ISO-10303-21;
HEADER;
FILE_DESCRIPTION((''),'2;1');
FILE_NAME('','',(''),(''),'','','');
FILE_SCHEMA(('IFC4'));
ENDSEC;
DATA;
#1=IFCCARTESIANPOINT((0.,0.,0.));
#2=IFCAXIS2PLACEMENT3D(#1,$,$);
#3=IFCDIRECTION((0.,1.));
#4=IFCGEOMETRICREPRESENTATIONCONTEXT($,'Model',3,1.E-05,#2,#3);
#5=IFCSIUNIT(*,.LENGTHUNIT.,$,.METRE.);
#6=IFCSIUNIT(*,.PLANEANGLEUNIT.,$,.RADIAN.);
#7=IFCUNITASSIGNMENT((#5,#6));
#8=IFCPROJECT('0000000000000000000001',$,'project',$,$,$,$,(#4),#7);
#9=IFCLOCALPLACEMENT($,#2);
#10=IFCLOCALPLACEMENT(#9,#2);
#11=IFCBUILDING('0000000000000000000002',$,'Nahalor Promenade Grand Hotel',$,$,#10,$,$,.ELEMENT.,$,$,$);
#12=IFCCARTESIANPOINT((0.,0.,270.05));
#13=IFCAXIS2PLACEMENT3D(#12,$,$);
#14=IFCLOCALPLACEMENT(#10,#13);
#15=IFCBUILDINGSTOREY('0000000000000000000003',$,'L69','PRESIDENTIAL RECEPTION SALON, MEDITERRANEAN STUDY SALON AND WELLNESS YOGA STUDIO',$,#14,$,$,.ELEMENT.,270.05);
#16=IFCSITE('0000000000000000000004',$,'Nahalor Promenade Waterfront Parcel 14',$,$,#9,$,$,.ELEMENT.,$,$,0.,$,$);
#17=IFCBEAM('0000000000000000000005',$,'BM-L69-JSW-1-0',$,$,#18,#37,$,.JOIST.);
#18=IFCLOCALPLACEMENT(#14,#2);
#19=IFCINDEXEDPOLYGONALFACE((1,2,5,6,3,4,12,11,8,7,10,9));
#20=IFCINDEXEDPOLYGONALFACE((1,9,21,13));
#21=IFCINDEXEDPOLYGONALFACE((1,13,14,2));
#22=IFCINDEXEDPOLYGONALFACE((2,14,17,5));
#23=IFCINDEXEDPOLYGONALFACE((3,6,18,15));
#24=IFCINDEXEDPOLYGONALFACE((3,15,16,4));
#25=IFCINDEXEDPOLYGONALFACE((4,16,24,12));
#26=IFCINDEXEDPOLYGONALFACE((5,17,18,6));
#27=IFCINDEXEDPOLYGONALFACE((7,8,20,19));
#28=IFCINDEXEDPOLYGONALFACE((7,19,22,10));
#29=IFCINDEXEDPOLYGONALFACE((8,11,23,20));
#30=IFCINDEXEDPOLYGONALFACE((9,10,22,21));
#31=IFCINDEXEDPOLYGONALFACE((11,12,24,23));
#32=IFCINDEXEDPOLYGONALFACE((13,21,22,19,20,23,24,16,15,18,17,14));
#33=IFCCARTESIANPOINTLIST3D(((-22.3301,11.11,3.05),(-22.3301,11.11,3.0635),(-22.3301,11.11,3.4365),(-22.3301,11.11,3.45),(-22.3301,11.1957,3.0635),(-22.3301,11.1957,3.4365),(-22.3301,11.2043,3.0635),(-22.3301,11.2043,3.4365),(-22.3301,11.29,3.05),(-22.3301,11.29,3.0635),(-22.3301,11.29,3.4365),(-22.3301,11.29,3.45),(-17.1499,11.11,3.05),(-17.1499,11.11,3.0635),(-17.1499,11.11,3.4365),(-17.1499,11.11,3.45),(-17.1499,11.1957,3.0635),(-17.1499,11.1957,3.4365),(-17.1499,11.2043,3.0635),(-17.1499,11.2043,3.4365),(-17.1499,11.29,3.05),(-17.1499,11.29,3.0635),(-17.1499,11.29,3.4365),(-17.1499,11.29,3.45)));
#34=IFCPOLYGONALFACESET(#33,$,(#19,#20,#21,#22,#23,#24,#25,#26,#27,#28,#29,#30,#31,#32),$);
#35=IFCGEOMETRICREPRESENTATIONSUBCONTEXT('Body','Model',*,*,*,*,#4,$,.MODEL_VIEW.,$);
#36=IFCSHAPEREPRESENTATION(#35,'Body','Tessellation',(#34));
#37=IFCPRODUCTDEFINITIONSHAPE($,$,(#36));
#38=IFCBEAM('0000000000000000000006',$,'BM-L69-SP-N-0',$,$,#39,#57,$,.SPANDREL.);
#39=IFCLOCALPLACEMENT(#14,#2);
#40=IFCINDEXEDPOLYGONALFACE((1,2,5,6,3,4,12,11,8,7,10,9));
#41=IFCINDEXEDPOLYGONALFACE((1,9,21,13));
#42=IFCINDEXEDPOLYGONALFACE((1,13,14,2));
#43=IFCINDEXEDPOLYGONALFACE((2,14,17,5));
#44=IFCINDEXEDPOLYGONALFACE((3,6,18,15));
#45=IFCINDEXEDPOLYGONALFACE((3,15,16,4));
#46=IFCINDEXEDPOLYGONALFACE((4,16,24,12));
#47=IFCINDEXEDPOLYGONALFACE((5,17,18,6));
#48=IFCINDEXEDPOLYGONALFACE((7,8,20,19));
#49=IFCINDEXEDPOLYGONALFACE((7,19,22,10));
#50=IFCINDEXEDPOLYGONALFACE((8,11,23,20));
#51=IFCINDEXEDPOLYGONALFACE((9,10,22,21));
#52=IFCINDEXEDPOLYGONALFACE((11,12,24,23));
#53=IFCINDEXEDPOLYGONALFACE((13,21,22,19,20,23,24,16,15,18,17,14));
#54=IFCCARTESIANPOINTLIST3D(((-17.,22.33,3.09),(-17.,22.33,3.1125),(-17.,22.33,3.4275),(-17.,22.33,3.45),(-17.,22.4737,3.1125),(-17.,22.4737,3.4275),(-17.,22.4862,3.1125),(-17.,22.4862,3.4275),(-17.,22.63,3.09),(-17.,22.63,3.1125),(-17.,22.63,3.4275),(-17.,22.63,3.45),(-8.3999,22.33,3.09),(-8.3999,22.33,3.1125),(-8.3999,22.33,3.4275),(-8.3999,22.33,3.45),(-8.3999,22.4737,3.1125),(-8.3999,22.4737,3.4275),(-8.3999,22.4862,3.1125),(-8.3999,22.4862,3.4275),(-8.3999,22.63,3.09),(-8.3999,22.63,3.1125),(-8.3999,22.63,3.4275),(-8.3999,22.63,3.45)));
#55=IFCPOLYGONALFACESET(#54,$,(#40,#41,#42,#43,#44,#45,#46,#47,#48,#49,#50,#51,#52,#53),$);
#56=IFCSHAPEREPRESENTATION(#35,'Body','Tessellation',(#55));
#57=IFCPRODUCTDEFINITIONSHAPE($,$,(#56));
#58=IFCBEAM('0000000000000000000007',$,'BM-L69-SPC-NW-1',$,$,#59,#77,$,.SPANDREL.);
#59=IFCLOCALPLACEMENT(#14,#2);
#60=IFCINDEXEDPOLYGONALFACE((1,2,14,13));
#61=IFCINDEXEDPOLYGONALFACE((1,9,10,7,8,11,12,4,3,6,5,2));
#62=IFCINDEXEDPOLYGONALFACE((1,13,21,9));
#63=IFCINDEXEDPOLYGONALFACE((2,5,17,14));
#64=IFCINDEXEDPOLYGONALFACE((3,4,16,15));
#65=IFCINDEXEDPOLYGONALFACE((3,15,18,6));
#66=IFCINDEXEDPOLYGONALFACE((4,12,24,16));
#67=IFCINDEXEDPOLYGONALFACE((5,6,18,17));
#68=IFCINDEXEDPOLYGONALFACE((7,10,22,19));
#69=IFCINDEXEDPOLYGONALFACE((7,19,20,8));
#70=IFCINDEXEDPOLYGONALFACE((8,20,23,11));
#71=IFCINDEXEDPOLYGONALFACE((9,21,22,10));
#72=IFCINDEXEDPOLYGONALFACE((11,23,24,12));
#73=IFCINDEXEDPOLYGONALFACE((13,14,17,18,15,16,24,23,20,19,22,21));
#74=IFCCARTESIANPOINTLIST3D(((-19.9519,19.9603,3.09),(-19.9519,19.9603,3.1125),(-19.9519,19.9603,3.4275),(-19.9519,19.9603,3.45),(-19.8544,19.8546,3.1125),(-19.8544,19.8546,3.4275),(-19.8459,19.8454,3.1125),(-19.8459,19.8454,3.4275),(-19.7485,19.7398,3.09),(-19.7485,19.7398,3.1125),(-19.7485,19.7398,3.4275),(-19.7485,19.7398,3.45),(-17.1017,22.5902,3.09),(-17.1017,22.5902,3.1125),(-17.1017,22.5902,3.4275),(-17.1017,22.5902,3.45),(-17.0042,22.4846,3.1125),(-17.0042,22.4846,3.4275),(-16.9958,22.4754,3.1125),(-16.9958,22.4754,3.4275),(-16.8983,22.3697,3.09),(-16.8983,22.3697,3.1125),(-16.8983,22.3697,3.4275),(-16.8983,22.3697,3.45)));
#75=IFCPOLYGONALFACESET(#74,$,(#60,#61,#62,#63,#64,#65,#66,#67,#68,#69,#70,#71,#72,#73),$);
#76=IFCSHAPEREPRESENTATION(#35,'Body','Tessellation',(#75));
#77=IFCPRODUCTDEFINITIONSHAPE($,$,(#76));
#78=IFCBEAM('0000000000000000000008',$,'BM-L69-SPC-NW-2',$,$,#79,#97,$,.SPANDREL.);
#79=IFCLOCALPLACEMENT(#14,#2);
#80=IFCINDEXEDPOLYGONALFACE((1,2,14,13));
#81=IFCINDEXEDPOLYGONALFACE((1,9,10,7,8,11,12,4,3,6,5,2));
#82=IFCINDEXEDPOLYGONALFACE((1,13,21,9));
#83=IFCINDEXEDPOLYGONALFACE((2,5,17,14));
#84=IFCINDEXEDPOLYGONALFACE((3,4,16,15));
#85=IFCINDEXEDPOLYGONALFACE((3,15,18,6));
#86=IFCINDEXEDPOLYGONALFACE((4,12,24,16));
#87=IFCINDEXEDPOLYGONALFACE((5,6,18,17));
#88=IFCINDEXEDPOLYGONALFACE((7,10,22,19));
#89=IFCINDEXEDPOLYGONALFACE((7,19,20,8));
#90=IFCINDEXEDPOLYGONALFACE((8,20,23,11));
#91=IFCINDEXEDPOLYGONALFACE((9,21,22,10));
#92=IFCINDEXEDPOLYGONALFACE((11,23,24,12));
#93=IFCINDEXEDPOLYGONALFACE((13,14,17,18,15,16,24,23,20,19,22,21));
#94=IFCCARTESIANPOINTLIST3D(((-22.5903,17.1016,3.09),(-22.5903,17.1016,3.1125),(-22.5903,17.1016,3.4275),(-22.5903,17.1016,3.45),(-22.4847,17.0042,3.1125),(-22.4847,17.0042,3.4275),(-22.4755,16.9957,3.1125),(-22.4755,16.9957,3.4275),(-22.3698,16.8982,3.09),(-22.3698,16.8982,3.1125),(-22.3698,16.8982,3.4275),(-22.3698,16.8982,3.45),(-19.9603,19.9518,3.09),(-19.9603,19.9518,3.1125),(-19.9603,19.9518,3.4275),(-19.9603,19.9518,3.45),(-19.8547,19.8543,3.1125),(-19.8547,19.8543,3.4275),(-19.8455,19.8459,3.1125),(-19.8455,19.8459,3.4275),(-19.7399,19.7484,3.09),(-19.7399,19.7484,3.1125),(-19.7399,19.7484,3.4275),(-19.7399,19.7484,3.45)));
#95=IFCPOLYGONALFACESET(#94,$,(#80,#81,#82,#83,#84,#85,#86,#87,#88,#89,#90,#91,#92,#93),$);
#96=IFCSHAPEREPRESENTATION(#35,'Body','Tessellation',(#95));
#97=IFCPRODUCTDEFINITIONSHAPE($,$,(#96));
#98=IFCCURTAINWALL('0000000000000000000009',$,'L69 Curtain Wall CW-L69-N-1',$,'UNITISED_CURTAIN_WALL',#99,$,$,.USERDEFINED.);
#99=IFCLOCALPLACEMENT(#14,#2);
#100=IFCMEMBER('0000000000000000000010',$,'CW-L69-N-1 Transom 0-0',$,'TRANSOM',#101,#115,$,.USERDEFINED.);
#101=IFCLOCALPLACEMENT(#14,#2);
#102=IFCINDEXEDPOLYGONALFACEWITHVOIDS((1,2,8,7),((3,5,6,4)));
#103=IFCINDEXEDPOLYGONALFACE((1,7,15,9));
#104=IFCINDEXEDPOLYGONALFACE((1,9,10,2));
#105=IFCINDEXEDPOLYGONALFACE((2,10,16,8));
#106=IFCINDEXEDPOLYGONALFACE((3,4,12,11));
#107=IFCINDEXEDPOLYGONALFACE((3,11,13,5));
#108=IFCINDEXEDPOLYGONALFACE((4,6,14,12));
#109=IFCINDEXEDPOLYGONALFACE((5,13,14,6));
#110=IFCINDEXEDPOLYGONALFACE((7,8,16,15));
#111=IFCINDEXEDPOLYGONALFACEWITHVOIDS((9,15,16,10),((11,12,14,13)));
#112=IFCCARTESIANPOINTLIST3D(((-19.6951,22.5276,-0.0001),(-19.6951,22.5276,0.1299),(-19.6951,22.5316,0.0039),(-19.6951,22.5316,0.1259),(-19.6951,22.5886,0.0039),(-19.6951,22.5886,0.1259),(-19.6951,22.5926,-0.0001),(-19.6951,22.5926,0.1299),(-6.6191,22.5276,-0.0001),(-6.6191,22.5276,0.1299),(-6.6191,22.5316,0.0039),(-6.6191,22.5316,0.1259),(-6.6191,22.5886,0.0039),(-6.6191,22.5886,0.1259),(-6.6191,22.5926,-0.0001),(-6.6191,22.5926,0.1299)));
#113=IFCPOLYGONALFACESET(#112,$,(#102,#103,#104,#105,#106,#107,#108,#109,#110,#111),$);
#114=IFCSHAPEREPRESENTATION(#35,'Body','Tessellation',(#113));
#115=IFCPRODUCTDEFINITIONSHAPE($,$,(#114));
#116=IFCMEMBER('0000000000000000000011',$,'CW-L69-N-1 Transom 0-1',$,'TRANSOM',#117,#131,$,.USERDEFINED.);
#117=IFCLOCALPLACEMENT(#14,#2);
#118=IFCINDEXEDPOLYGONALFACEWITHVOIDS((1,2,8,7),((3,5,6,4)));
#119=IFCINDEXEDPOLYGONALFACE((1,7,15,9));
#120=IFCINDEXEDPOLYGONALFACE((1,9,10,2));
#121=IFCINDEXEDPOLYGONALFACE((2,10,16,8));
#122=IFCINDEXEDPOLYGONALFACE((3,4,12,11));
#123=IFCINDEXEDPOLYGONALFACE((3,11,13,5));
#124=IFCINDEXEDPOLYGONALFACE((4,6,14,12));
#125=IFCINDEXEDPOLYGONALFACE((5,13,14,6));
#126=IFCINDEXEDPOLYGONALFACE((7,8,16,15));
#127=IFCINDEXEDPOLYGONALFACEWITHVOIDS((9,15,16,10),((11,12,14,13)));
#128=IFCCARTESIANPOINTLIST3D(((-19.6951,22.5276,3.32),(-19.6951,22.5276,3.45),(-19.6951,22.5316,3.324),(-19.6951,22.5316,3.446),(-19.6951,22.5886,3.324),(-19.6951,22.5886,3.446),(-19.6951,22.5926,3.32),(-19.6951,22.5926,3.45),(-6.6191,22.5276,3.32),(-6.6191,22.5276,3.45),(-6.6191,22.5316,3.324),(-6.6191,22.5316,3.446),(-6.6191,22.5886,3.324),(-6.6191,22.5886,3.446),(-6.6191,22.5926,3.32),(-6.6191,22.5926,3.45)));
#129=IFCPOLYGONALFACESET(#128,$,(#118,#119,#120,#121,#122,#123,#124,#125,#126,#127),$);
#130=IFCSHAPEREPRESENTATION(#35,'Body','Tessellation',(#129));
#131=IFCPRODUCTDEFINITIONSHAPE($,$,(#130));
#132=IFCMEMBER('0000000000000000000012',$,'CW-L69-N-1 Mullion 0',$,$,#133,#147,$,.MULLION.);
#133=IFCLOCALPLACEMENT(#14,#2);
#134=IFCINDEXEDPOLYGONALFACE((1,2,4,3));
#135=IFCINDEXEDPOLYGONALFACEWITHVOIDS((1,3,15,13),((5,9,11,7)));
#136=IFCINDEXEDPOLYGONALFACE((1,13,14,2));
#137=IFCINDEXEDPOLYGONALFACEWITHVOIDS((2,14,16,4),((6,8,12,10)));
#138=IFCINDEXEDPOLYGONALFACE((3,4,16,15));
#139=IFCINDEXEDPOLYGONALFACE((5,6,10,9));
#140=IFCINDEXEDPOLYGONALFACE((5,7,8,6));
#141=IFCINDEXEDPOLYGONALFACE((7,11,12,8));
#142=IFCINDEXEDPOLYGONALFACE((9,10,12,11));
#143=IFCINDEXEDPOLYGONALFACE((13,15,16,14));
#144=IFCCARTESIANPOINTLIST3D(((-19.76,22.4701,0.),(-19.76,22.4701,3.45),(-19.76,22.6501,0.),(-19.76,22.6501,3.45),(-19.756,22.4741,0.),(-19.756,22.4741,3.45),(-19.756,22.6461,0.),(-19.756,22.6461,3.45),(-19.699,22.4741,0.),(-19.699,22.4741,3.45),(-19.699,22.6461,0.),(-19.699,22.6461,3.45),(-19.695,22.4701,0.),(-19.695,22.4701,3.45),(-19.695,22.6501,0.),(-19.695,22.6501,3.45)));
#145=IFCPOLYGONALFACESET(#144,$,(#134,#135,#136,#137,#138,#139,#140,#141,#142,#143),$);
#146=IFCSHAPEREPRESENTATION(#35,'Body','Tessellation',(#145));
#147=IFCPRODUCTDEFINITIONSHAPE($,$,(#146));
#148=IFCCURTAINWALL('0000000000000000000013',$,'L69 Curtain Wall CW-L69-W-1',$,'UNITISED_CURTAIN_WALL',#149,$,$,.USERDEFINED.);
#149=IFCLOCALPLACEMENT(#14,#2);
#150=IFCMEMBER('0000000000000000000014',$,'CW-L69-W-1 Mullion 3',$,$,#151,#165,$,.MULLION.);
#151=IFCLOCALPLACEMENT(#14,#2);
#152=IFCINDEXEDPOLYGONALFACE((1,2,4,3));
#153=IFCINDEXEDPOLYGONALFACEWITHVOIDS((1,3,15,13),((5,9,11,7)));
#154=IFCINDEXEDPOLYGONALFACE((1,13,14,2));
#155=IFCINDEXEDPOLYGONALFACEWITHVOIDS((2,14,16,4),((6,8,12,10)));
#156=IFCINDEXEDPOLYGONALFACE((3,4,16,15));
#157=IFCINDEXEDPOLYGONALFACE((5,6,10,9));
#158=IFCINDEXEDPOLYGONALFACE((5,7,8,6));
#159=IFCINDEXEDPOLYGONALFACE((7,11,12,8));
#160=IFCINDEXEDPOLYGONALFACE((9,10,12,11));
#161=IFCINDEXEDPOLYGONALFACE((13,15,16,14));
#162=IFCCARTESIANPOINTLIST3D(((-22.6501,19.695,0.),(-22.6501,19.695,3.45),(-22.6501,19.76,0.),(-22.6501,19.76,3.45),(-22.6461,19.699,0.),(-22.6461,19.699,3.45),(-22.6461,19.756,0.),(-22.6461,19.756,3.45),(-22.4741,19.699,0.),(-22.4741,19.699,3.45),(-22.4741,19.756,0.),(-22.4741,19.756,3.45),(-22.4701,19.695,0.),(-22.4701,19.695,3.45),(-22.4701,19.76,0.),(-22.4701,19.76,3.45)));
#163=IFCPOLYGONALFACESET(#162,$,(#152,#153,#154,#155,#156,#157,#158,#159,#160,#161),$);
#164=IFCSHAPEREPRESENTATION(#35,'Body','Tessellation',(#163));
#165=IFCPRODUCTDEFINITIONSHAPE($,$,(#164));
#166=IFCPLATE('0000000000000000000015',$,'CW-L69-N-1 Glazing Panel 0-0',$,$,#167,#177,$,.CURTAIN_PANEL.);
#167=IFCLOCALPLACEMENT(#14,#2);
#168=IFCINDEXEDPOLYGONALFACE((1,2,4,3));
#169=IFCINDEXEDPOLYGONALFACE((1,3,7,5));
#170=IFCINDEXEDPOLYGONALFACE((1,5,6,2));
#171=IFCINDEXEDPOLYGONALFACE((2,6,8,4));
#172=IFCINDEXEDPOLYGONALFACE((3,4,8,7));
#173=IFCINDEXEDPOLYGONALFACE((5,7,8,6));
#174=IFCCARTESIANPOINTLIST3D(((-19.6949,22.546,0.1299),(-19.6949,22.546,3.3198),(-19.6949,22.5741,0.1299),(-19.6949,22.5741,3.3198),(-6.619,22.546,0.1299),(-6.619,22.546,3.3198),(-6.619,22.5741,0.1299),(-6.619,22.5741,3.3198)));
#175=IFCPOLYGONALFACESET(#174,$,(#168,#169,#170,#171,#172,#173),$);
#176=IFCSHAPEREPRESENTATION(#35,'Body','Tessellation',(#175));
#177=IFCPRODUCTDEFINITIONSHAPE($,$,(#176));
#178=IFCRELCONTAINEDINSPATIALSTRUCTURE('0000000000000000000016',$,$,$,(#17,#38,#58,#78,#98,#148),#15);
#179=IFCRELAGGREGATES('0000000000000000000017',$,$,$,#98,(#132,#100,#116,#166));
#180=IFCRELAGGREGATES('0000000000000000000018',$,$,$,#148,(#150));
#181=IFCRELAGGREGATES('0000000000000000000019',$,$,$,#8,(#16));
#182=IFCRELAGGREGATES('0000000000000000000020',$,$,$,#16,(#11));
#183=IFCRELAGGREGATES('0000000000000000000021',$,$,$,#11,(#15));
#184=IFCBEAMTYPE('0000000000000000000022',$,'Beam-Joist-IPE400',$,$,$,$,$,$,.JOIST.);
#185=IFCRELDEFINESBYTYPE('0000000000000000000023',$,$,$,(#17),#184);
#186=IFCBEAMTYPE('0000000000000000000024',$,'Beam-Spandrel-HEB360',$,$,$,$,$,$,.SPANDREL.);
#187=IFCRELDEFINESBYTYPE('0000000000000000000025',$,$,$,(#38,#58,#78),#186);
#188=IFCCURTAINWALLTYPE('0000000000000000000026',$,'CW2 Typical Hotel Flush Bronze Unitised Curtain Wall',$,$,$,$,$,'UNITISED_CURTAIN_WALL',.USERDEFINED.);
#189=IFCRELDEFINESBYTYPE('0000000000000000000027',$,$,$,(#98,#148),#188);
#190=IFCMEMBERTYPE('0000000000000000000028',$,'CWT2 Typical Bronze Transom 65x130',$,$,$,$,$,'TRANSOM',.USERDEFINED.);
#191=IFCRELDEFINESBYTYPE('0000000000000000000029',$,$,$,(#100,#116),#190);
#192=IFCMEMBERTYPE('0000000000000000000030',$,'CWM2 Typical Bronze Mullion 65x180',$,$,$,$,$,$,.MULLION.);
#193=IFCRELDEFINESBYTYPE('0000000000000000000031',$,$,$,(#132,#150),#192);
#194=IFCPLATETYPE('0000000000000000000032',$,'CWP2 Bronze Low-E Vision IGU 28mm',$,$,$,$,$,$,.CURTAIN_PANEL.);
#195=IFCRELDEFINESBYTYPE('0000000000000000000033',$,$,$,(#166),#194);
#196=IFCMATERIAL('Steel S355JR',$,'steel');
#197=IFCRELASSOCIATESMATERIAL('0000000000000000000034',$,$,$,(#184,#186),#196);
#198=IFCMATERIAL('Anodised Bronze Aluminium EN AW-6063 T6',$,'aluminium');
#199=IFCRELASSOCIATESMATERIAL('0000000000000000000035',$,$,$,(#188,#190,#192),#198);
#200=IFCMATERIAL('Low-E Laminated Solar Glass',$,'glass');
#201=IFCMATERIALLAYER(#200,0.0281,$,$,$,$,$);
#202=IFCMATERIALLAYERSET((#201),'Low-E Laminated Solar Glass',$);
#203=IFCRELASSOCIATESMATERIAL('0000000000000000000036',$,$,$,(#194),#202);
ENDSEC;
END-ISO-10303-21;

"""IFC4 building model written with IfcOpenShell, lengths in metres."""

from ifc_helpers import new_model, si_unit, direction, frame, origin, origin_2d, place, context, subcontext, project, spatial, rectangle, hollow_rectangle, i_section, extrude, source, transform, mapped, material, layer, layer_set, material_profile, profile_set, type_object, element, aggregate, save


model = new_model("IFC4")

# Units and contexts
model_context = context("Model", 3, precision=1e-05, world=origin(), true_north=direction((0.0, 1.0)))
body_context = subcontext(model_context, "Body", "Model", "MODEL_VIEW")
ifc_project = project(units=[si_unit("LENGTHUNIT", "METRE"), si_unit("PLANEANGLEUNIT", "RADIAN")], contexts=[model_context])

# Site, building, storey
site_placement = place(None, origin())
site = spatial("IfcSite", under=ifc_project, at=site_placement, Name="Nahalor Promenade Waterfront Parcel 14", CompositionType="ELEMENT", RefElevation=0.0)
building_placement = place(site_placement, origin())
building = spatial("IfcBuilding", under=site, at=building_placement, Name="Nahalor Promenade Grand Hotel", CompositionType="ELEMENT")
storey_placement = place(building_placement, frame((0.0, 0.0, 270.05)))
storey = spatial("IfcBuildingStorey", under=building, at=storey_placement, Name="L69", Description="PRESIDENTIAL RECEPTION SALON, MEDITERRANEAN STUDY SALON AND WELLNESS YOGA STUDIO", CompositionType="ELEMENT", Elevation=270.05)

# Shared definitions
ifc_material_1 = material(Name="Steel S355JR", Category="steel")

# Beams
ifc_material_profile_1 = material_profile(ifc_material_1, i_section(OverallWidth=0.18, OverallDepth=0.4, WebThickness=0.0086, FlangeThickness=0.0135, at=origin_2d()), Name="IPE 400")
ifc_profile_set_1 = profile_set([ifc_material_profile_1], Name="Steel S355JR")
beam_type_1 = type_object("IfcBeamType", Name="Beam-Joist-IPE400", PredefinedType="JOIST", material=ifc_profile_set_1)
shared_shape_1 = source(origin(), body_context, "Body", "SweptSolid", [
    extrude(i_section(OverallWidth=0.18, OverallDepth=0.4, WebThickness=0.0086, FlangeThickness=0.0135, at=origin_2d()), origin(), (0.0, 0.0, 1.0), 5.1802),
])
beam_1_placement = place(storey_placement, frame((-22.3301, 11.2, 3.25), z_axis=(1.0, 0.0, 0.0), x_axis=(0.0, 1.0, 0.0)))
element("IfcBeam", 1, at=beam_1_placement, inside=storey, type_object=beam_type_1, Name="BM-L69-JSW-1-0", PredefinedType="JOIST", context=body_context, shape_type="MappedRepresentation", body=[
    mapped(shared_shape_1, transform((0.0, 0.0, 0.0), scale=1.0)),
])
ifc_material_profile_2 = material_profile(ifc_material_1, i_section(OverallWidth=0.3, OverallDepth=0.36, WebThickness=0.0125, FlangeThickness=0.0225, at=origin_2d()), Name="HEB 360")
ifc_profile_set_2 = profile_set([ifc_material_profile_2], Name="Steel S355JR")
beam_type_2 = type_object("IfcBeamType", Name="Beam-Spandrel-HEB360", PredefinedType="SPANDREL", material=ifc_profile_set_2)
shared_shape_2 = source(origin(), body_context, "Body", "SweptSolid", [
    extrude(i_section(OverallWidth=0.3, OverallDepth=0.36, WebThickness=0.0125, FlangeThickness=0.0225, at=origin_2d()), origin(), (0.0, 0.0, 1.0), 8.6001),
])
beam_2_placement = place(storey_placement, frame((-17.0, 22.48, 3.27), z_axis=(1.0, 0.0, 0.0), x_axis=(0.0, 1.0, 0.0)))
element("IfcBeam", 2, at=beam_2_placement, inside=storey, type_object=beam_type_2, Name="BM-L69-SP-N-0", PredefinedType="SPANDREL", context=body_context, shape_type="MappedRepresentation", body=[
    mapped(shared_shape_2, transform((0.0, 0.0, 0.0), scale=1.0)),
])
shared_shape_3 = source(origin(), body_context, "Body", "SweptSolid", [
    extrude(i_section(OverallWidth=0.3, OverallDepth=0.36, WebThickness=0.0125, FlangeThickness=0.0225, at=origin_2d()), origin(), (0.0, 0.0, 1.0), 3.8782),
])
for number, where, z_axis, x_axis, name in (
    (3, (-17.0, 22.48, 3.27), (-0.734929, -0.678144, 0.0), (0.678144, -0.734929, 0.0), "BM-L69-SPC-NW-1"),
    (4, (-19.8501, 19.8501, 3.27), (-0.678144, -0.734929, 0.0), (0.734929, -0.678144, 0.0), "BM-L69-SPC-NW-2"),
):
    element("IfcBeam", number, at=place(storey_placement, frame(where, z_axis=z_axis, x_axis=x_axis)), inside=storey, type_object=beam_type_2, Name=name, PredefinedType="SPANDREL", context=body_context, shape_type="MappedRepresentation", body=[
        mapped(shared_shape_3, transform((0.0, 0.0, 0.0), scale=1.0)),
    ])

# Curtain wall, members
ifc_material_2 = material(Name="Anodised Bronze Aluminium EN AW-6063 T6", Category="aluminium")
curtain_wall_type = type_object("IfcCurtainWallType", Name="CW2 Typical Hotel Flush Bronze Unitised Curtain Wall", ElementType="UNITISED_CURTAIN_WALL", PredefinedType="USERDEFINED", material=ifc_material_2)
curtain_wall_1_placement = place(storey_placement, origin())
curtain_wall_1 = element("IfcCurtainWall", 5, at=curtain_wall_1_placement, inside=storey, type_object=curtain_wall_type, Name="L69 Curtain Wall CW-L69-N-1", ObjectType="UNITISED_CURTAIN_WALL", PredefinedType="USERDEFINED")
ifc_material_profile_3 = material_profile(ifc_material_2, hollow_rectangle(XDim=0.065, YDim=0.13, WallThickness=0.004, at=origin_2d()), Name="CWT 65x130x4")
ifc_profile_set_3 = profile_set([ifc_material_profile_3], Name="Anodised Bronze Aluminium EN AW-6063 T6")
member_type_1 = type_object("IfcMemberType", Name="CWT2 Typical Bronze Transom 65x130", ElementType="TRANSOM", PredefinedType="USERDEFINED", material=ifc_profile_set_3)
shared_shape_4 = source(origin(), body_context, "Body", "SweptSolid", [
    extrude(hollow_rectangle(XDim=0.065, YDim=0.13, WallThickness=0.004, at=origin_2d()), origin(), (0.0, 0.0, 1.0), 13.0759),
])
member_1_placement = place(storey_placement, frame((-19.6951, 22.5601, 0.0649), z_axis=(1.0, 0.0, 0.0), x_axis=(0.0, 1.0, 0.0)))
member_1 = element("IfcMember", 6, at=member_1_placement, type_object=member_type_1, Name="CW-L69-N-1 Transom 0-0", ObjectType="TRANSOM", PredefinedType="USERDEFINED", context=body_context, shape_type="MappedRepresentation", body=[
    mapped(shared_shape_4, transform((0.0, 0.0, 0.0), scale=1.0)),
])
member_2_placement = place(storey_placement, frame((-19.6951, 22.5601, 3.385), z_axis=(1.0, 0.0, 0.0), x_axis=(0.0, 1.0, 0.0)))
member_2 = element("IfcMember", 7, at=member_2_placement, type_object=member_type_1, Name="CW-L69-N-1 Transom 0-1", ObjectType="TRANSOM", PredefinedType="USERDEFINED", context=body_context, shape_type="MappedRepresentation", body=[
    mapped(shared_shape_4, transform((0.0, 0.0, 0.0), scale=1.0)),
])
ifc_material_profile_4 = material_profile(ifc_material_2, hollow_rectangle(XDim=0.065, YDim=0.18, WallThickness=0.004, at=origin_2d()), Name="CWM 65x180x4")
ifc_profile_set_4 = profile_set([ifc_material_profile_4], Name="Anodised Bronze Aluminium EN AW-6063 T6")
member_type_2 = type_object("IfcMemberType", Name="CWM2 Typical Bronze Mullion 65x180", PredefinedType="MULLION", material=ifc_profile_set_4)
shared_shape_5 = source(origin(), body_context, "Body", "SweptSolid", [
    extrude(hollow_rectangle(XDim=0.065, YDim=0.18, WallThickness=0.004, at=origin_2d()), origin(), (0.0, 0.0, 1.0), 3.45),
])
member_3_placement = place(storey_placement, frame((-19.7275, 22.5601, 0.0), z_axis=(0.0, 0.0, 1.0), x_axis=(1.0, 0.0, 0.0)))
member_3 = element("IfcMember", 8, at=member_3_placement, type_object=member_type_2, Name="CW-L69-N-1 Mullion 0", PredefinedType="MULLION", context=body_context, shape_type="MappedRepresentation", body=[
    mapped(shared_shape_5, transform((0.0, 0.0, 0.0), scale=1.0)),
])

# Curtain wall, member
curtain_wall_2_placement = place(storey_placement, origin())
curtain_wall_2 = element("IfcCurtainWall", 9, at=curtain_wall_2_placement, inside=storey, type_object=curtain_wall_type, Name="L69 Curtain Wall CW-L69-W-1", ObjectType="UNITISED_CURTAIN_WALL", PredefinedType="USERDEFINED")
member_4_placement = place(storey_placement, frame((-22.5601, 19.7275, 0.0), z_axis=(0.0, 0.0, 1.0), x_axis=(0.0, 1.0, 0.0)))
member_4 = element("IfcMember", 10, at=member_4_placement, type_object=member_type_2, Name="CW-L69-W-1 Mullion 3", PredefinedType="MULLION", context=body_context, shape_type="MappedRepresentation", body=[
    mapped(shared_shape_5, transform((0.0, 0.0, 0.0), scale=1.0)),
])

# Plate
ifc_material_3 = material(Name="Low-E Laminated Solar Glass", Category="glass")
ifc_layer_1 = layer(ifc_material_3, 0.0281)
ifc_layer_set_1 = layer_set([ifc_layer_1], Name="Low-E Laminated Solar Glass")
plate_type = type_object("IfcPlateType", Name="CWP2 Bronze Low-E Vision IGU 28mm", PredefinedType="CURTAIN_PANEL", material=ifc_layer_set_1)
shared_shape_6 = source(origin(), body_context, "Body", "SweptSolid", [
    extrude(rectangle(XDim=13.0759, YDim=0.0281, at=origin_2d()), origin(), (0.0, 0.0, 1.0), 3.1899),
])
plate_1_placement = place(storey_placement, frame((-13.157, 22.5601, 0.1299), z_axis=(0.0, 0.0, 1.0), x_axis=(1.0, 0.0, 0.0)))
plate_1 = element("IfcPlate", 11, at=plate_1_placement, type_object=plate_type, Name="CW-L69-N-1 Glazing Panel 0-0", PredefinedType="CURTAIN_PANEL", context=body_context, shape_type="MappedRepresentation", body=[
    mapped(shared_shape_6, transform((0.0, 0.0, 0.0), scale=1.0)),
])
aggregate(curtain_wall_1, [member_3, member_1, member_2, plate_1])
aggregate(curtain_wall_2, [member_4])

save(model, "model.ifc")
